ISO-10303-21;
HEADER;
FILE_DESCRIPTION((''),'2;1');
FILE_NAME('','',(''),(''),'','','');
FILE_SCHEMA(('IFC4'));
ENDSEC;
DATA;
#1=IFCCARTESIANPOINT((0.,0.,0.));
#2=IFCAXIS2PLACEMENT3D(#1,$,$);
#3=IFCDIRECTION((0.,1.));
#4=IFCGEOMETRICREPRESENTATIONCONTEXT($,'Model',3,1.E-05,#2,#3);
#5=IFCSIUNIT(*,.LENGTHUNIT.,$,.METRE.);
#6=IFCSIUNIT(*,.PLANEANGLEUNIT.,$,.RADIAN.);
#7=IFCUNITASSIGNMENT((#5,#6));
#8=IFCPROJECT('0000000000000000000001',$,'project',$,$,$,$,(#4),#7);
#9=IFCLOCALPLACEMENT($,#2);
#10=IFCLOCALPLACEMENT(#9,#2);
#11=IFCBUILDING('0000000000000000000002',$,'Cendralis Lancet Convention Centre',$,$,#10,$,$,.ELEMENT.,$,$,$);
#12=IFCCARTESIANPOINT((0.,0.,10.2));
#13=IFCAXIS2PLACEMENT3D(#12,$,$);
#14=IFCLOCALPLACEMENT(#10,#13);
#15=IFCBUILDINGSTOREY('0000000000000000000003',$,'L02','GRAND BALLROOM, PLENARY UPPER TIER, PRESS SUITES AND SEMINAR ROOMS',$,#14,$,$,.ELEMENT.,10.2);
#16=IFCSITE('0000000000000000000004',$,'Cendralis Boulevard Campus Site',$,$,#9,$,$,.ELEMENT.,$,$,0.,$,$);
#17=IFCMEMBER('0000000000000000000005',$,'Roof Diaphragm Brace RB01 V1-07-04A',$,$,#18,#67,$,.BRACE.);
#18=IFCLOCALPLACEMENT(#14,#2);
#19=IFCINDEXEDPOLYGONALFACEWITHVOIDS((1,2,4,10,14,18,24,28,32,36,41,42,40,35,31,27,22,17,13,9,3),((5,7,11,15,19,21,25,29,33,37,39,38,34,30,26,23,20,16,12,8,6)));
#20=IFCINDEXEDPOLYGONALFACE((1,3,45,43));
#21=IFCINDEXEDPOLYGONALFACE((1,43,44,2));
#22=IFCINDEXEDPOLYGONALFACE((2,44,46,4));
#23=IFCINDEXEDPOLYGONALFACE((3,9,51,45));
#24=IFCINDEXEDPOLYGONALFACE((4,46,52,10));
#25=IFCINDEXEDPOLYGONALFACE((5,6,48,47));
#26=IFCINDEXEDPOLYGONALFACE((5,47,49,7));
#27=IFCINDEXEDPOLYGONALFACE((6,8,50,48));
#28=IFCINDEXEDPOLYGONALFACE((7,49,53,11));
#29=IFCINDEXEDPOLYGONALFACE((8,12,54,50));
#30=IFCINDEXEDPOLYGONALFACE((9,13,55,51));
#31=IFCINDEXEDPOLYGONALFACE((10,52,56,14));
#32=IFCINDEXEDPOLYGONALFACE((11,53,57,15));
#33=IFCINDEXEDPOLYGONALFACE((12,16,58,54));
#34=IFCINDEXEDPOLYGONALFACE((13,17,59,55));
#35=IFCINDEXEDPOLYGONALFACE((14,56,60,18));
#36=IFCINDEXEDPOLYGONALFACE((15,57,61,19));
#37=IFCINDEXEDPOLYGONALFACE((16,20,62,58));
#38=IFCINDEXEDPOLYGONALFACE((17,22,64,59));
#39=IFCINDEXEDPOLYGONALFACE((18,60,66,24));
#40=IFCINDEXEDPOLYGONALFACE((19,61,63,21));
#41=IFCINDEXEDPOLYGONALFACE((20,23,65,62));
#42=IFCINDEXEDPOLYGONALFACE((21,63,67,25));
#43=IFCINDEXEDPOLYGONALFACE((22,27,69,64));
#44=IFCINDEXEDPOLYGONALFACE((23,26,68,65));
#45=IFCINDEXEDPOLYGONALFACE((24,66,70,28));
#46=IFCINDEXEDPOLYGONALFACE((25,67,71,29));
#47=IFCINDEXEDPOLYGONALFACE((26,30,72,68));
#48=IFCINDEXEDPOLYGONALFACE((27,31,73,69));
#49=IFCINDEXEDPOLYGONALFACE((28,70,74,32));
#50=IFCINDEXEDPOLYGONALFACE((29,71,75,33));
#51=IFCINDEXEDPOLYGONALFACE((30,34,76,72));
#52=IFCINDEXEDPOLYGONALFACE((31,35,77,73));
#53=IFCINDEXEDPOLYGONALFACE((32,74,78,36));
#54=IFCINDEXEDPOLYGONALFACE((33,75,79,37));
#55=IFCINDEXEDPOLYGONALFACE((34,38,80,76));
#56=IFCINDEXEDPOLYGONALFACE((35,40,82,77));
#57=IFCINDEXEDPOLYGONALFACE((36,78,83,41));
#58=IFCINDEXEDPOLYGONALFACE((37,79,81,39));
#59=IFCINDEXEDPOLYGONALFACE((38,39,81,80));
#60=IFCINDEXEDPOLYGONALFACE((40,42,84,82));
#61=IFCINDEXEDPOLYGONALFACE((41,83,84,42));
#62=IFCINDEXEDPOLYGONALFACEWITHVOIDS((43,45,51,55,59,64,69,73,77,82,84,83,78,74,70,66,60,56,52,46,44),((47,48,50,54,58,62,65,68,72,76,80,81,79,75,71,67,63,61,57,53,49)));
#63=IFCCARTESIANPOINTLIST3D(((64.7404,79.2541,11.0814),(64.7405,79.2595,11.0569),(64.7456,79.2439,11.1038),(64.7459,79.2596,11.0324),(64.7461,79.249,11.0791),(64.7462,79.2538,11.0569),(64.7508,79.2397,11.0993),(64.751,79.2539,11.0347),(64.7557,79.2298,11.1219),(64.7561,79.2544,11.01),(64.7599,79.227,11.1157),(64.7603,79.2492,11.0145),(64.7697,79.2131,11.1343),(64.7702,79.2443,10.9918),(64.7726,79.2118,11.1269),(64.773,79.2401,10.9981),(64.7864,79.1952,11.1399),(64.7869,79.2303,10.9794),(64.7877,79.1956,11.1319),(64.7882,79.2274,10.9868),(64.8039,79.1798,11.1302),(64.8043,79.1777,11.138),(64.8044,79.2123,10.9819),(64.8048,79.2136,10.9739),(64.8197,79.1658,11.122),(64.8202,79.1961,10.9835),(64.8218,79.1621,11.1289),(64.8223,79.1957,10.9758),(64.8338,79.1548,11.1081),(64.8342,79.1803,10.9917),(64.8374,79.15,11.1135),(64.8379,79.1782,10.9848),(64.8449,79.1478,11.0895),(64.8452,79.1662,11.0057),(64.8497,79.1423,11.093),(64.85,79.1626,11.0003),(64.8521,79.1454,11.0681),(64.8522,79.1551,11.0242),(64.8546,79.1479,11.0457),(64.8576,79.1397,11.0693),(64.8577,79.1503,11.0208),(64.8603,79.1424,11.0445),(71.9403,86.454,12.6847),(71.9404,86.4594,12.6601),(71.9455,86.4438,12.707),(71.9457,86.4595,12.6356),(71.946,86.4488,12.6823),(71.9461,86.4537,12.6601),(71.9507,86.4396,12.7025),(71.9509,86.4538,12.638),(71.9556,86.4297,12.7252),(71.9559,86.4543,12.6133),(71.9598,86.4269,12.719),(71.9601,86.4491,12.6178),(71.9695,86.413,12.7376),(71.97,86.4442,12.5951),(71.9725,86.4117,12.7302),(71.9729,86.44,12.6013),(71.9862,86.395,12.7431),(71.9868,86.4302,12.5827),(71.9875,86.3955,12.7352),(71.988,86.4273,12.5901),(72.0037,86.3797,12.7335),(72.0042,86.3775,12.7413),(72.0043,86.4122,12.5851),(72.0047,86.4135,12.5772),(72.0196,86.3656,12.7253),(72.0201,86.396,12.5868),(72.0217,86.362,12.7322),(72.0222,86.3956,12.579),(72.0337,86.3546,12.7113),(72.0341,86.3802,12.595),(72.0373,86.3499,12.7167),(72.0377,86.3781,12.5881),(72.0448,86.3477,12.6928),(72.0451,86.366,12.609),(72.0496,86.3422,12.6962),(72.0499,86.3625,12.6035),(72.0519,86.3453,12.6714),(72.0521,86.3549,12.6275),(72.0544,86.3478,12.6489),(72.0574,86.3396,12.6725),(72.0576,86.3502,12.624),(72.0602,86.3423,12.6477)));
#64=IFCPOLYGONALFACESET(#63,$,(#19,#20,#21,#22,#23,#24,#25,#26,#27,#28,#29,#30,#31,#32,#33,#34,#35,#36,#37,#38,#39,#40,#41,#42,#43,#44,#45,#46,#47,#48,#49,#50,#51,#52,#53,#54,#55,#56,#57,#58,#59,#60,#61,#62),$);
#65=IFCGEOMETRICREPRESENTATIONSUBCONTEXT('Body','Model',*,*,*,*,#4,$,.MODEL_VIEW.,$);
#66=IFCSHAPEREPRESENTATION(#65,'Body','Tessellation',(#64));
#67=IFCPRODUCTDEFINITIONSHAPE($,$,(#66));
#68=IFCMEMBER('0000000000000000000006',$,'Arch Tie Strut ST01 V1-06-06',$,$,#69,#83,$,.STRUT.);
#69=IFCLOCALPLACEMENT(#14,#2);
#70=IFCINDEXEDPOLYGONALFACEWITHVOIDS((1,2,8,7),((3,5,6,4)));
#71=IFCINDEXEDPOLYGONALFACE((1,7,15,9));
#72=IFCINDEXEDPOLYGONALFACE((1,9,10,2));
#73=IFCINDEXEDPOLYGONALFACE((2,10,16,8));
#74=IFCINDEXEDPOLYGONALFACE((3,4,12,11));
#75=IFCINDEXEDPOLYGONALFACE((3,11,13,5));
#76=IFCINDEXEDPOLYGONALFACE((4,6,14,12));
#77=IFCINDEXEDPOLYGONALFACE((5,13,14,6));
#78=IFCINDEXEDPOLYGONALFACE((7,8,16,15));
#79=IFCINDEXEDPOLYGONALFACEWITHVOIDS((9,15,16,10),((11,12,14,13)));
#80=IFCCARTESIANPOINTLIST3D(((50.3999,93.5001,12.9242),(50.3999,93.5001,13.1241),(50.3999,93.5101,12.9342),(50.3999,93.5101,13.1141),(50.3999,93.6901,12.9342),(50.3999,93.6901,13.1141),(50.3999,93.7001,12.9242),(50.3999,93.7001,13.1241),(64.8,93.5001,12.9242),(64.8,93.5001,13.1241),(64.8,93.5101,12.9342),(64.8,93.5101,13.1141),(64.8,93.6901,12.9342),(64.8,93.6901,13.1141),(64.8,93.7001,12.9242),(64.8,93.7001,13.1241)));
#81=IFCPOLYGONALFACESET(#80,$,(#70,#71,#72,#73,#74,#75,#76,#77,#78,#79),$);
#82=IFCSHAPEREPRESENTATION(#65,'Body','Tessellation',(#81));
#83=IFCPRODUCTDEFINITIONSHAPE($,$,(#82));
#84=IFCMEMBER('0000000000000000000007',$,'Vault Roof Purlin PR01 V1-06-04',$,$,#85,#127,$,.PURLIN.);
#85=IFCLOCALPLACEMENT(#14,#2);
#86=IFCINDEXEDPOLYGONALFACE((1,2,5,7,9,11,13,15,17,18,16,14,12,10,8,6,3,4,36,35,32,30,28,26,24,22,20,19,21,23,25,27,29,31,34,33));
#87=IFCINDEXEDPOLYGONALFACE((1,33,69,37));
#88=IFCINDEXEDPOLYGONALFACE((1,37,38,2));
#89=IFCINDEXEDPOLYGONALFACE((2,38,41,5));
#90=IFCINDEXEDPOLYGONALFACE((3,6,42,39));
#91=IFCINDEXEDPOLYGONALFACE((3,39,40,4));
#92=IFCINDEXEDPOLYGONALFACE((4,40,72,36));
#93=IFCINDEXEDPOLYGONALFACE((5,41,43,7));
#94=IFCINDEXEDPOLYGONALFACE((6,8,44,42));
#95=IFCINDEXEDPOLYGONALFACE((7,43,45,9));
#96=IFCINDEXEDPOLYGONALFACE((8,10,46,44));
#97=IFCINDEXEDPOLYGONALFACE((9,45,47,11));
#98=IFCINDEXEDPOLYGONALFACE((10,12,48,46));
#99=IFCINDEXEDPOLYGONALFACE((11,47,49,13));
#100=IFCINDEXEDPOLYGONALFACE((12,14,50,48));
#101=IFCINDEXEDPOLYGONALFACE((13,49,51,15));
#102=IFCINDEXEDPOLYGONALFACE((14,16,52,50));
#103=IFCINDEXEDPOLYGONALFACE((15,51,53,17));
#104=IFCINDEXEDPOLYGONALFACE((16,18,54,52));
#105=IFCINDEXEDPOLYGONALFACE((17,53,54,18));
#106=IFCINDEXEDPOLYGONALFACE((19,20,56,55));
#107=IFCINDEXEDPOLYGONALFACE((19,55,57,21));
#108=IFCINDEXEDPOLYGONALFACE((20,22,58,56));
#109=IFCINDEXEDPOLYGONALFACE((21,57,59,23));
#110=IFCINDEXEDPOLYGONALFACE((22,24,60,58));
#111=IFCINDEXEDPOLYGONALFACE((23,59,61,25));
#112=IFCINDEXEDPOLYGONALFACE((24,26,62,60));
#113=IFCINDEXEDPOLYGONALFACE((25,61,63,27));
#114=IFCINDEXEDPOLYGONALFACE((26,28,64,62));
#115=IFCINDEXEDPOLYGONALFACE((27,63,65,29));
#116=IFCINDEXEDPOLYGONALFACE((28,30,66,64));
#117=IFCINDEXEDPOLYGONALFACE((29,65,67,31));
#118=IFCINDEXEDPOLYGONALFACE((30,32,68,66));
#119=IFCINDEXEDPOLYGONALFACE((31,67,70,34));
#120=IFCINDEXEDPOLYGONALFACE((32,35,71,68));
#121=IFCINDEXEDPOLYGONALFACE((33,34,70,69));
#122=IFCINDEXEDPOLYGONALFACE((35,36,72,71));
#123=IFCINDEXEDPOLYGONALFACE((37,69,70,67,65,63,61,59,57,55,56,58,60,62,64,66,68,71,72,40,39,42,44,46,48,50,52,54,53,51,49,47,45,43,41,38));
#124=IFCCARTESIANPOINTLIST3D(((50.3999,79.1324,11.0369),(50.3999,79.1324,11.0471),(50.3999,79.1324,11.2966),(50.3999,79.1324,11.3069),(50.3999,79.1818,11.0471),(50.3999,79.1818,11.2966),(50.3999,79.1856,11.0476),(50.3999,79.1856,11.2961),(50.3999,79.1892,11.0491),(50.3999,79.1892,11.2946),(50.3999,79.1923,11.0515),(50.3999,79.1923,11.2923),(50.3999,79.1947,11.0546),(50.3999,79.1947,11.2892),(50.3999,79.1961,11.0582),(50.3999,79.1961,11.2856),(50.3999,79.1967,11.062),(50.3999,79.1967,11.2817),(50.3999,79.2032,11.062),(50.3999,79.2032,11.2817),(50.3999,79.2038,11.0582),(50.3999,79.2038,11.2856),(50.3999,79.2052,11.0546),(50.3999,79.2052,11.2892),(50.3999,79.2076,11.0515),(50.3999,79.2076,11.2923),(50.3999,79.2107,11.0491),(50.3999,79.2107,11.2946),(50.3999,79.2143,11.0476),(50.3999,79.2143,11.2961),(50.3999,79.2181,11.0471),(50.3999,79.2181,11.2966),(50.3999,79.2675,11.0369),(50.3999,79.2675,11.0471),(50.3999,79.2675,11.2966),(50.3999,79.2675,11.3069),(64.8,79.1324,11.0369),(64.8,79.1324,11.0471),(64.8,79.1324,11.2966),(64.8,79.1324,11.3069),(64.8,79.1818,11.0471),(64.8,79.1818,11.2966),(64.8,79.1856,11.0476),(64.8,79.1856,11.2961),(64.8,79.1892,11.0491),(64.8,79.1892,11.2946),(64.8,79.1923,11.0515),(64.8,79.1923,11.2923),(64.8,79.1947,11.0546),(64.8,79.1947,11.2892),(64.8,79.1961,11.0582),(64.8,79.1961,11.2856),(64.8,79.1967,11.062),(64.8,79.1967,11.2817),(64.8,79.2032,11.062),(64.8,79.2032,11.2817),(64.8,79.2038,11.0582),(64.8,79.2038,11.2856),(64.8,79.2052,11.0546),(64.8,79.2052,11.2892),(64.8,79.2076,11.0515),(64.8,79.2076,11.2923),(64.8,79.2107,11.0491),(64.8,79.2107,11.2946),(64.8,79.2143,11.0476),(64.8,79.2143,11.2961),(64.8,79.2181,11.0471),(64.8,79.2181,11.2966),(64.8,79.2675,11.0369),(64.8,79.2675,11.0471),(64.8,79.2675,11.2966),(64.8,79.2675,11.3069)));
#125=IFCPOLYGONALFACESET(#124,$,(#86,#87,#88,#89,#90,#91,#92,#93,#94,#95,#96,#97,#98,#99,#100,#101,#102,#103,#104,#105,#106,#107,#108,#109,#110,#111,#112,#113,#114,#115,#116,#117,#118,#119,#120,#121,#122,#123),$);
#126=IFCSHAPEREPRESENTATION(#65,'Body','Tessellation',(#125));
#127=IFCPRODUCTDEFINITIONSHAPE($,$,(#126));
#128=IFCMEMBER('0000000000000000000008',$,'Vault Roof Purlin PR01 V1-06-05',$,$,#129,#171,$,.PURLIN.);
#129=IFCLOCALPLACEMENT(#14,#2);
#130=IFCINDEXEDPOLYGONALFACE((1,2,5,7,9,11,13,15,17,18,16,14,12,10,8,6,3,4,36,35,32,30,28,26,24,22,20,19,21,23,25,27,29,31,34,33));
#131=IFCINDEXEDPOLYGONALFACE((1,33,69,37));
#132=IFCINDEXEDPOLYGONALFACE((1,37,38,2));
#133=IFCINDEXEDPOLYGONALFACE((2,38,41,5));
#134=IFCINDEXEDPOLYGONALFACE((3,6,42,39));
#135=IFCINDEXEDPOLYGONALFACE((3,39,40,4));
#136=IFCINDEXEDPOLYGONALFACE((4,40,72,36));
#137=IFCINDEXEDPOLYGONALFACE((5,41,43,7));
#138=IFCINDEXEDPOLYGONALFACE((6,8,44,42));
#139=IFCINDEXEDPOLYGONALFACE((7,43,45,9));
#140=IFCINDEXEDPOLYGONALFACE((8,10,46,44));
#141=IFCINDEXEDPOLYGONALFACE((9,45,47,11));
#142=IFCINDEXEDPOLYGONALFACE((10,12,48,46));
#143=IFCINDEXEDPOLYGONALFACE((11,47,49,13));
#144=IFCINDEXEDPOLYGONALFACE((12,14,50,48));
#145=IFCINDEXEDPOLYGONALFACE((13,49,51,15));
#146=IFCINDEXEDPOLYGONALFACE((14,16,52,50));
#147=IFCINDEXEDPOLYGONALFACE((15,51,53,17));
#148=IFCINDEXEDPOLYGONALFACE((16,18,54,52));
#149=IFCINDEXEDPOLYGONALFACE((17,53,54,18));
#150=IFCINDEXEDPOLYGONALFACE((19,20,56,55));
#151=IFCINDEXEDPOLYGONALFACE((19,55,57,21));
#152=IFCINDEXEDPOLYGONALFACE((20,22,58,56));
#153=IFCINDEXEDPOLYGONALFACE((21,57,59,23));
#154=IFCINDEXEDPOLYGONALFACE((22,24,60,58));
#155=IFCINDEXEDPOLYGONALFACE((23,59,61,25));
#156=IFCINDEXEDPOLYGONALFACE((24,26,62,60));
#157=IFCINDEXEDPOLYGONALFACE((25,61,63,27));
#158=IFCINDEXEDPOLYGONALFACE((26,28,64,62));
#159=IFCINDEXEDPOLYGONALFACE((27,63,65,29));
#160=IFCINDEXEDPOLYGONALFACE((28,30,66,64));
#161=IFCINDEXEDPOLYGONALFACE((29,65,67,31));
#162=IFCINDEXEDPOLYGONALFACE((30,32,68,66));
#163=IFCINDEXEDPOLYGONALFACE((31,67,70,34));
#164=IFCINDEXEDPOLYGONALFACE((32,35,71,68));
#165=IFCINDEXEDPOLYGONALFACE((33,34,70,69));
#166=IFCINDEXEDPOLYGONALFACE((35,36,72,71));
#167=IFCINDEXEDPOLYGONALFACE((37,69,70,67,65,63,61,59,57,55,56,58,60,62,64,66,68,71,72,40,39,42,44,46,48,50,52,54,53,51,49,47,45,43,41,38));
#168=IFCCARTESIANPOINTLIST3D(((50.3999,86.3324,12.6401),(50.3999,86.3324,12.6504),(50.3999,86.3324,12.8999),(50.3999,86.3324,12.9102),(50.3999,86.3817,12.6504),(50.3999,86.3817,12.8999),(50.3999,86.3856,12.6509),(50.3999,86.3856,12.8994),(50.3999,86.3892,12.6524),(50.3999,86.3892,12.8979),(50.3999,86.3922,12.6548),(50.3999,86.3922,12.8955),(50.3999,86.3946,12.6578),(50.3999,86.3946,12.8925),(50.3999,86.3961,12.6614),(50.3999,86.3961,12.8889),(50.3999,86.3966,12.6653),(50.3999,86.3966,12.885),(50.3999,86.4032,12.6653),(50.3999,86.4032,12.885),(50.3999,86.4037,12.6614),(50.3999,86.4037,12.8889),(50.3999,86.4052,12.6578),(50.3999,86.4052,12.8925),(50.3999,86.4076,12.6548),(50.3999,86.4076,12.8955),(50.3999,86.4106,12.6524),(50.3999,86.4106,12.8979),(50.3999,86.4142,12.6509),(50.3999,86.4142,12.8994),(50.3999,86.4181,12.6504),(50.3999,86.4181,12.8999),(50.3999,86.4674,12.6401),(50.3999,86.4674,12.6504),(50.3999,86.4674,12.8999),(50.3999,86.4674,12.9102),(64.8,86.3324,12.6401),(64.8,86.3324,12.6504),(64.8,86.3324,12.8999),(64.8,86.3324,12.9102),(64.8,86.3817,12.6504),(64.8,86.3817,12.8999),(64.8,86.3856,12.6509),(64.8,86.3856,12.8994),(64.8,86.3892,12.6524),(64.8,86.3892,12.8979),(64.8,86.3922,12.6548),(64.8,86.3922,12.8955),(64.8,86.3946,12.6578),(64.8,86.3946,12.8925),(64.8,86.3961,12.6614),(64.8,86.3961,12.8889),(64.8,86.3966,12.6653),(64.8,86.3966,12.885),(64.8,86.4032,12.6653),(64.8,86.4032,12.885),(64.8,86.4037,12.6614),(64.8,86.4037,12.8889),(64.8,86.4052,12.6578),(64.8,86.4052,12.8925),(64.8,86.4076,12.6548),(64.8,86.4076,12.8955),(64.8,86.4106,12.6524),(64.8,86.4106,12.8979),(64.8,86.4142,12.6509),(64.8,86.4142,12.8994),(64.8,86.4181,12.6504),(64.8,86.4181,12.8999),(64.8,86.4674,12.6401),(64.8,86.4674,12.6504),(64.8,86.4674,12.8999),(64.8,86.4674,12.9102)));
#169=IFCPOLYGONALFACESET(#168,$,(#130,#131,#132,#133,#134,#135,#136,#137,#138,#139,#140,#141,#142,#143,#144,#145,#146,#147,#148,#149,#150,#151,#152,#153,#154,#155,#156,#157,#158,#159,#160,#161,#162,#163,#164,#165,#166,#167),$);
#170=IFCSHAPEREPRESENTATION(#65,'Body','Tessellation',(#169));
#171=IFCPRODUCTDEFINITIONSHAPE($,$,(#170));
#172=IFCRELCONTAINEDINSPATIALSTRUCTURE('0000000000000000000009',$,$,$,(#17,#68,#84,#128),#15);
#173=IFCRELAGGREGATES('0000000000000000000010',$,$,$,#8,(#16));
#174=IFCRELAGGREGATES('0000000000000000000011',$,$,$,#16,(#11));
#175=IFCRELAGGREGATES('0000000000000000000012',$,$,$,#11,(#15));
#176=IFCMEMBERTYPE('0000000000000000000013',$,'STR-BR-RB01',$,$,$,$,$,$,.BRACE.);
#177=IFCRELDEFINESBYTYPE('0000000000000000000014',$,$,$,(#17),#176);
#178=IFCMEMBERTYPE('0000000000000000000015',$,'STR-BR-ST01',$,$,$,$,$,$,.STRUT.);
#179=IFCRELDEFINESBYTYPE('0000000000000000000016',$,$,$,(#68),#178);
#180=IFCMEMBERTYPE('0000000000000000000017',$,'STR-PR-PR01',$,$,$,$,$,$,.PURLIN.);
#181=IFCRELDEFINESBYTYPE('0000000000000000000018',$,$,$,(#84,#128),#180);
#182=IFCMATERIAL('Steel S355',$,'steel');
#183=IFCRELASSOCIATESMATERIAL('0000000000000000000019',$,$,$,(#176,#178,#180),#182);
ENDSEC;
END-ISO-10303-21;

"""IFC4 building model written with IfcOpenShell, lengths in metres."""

from ifc_helpers import new_model, si_unit, direction, frame, origin, origin_2d, place, context, subcontext, project, spatial, hollow_rectangle, hollow_circle, i_section, extrude, material, material_profile, profile_set, type_object, element, save


model = new_model("IFC4")

# Units and contexts
model_context = context("Model", 3, precision=1e-05, world=origin(), true_north=direction((0.0, 1.0)))
body_context = subcontext(model_context, "Body", "Model", "MODEL_VIEW")
ifc_project = project(units=[si_unit("LENGTHUNIT", "METRE"), si_unit("PLANEANGLEUNIT", "RADIAN")], contexts=[model_context])

# Site, building, storey
site_placement = place(None, origin())
site = spatial("IfcSite", under=ifc_project, at=site_placement, Name="Cendralis Boulevard Campus Site", CompositionType="ELEMENT", RefElevation=0.0)
building_placement = place(site_placement, origin())
building = spatial("IfcBuilding", under=site, at=building_placement, Name="Cendralis Lancet Convention Centre", CompositionType="ELEMENT")
storey_placement = place(building_placement, frame((0.0, 0.0, 10.2)))
storey = spatial("IfcBuildingStorey", under=building, at=storey_placement, Name="L02", Description="GRAND BALLROOM, PLENARY UPPER TIER, PRESS SUITES AND SEMINAR ROOMS", CompositionType="ELEMENT", Elevation=10.2)

# Members
ifc_material = material(Name="Steel S355", Category="steel")
ifc_material_profile_1 = material_profile(ifc_material, hollow_circle(Radius=0.0842, WallThickness=0.0081, at=origin_2d()), Name="CHS 168.3x8.0")
ifc_profile_set_1 = profile_set([ifc_material_profile_1], Name="Steel S355")
member_type_1 = type_object("IfcMemberType", Name="STR-BR-RB01", PredefinedType="BRACE", material=ifc_profile_set_1)
member_1_placement = place(storey_placement, frame((64.8, 79.2, 11.0569), z_axis=(0.698501, 0.698501, 0.155541), x_axis=(-0.707107, 0.707107, 0.0)))
element("IfcMember", 1, at=member_1_placement, inside=storey, type_object=member_type_1, Name="Roof Diaphragm Brace RB01 V1-07-04A", PredefinedType="BRACE", context=body_context, shape_type="SweptSolid", body=[
    extrude(hollow_circle(Radius=0.0842, WallThickness=0.0081, at=origin_2d()), origin(), (0.0, 0.0, 1.0), 10.3076),
])
ifc_material_profile_2 = material_profile(ifc_material, hollow_rectangle(XDim=0.2, YDim=0.2, WallThickness=0.01, at=origin_2d()), Name="SHS 200x200x10.0")
ifc_profile_set_2 = profile_set([ifc_material_profile_2], Name="Steel S355")
member_type_2 = type_object("IfcMemberType", Name="STR-BR-ST01", PredefinedType="STRUT", material=ifc_profile_set_2)
member_2_placement = place(storey_placement, frame((50.3999, 93.6001, 13.0242), z_axis=(1.0, 0.0, 0.0), x_axis=(0.0, 1.0, 0.0)))
element("IfcMember", 2, at=member_2_placement, inside=storey, type_object=member_type_2, Name="Arch Tie Strut ST01 V1-06-06", PredefinedType="STRUT", context=body_context, shape_type="SweptSolid", body=[
    extrude(hollow_rectangle(XDim=0.2, YDim=0.2, WallThickness=0.01, at=origin_2d()), origin(), (0.0, 0.0, 1.0), 14.4001),
])
ifc_material_profile_3 = material_profile(ifc_material, i_section(OverallWidth=0.135, OverallDepth=0.27, WebThickness=0.0066, FlangeThickness=0.0103, FilletRadius=0.0149, at=origin_2d()), Name="IPE 270")
ifc_profile_set_3 = profile_set([ifc_material_profile_3], Name="Steel S355")
member_type_3 = type_object("IfcMemberType", Name="STR-PR-PR01", PredefinedType="PURLIN", material=ifc_profile_set_3)
for number, where, z_axis, x_axis, name in (
    (3, (50.3999, 79.2, 11.1719), (1.0, 0.0, 0.0), (0.0, 1.0, 0.0), "Vault Roof Purlin PR01 V1-06-04"),
    (4, (50.3999, 86.3999, 12.7751), (1.0, 0.0, 0.0), (0.0, 1.0, 0.0), "Vault Roof Purlin PR01 V1-06-05"),
):
    element("IfcMember", number, at=place(storey_placement, frame(where, z_axis=z_axis, x_axis=x_axis)), inside=storey, type_object=member_type_3, Name=name, PredefinedType="PURLIN", context=body_context, shape_type="SweptSolid", body=[
        extrude(i_section(OverallWidth=0.135, OverallDepth=0.27, WebThickness=0.0066, FlangeThickness=0.0103, FilletRadius=0.0149, at=origin_2d()), origin(), (0.0, 0.0, 1.0), 14.4001),
    ])

save(model, "model.ifc")
